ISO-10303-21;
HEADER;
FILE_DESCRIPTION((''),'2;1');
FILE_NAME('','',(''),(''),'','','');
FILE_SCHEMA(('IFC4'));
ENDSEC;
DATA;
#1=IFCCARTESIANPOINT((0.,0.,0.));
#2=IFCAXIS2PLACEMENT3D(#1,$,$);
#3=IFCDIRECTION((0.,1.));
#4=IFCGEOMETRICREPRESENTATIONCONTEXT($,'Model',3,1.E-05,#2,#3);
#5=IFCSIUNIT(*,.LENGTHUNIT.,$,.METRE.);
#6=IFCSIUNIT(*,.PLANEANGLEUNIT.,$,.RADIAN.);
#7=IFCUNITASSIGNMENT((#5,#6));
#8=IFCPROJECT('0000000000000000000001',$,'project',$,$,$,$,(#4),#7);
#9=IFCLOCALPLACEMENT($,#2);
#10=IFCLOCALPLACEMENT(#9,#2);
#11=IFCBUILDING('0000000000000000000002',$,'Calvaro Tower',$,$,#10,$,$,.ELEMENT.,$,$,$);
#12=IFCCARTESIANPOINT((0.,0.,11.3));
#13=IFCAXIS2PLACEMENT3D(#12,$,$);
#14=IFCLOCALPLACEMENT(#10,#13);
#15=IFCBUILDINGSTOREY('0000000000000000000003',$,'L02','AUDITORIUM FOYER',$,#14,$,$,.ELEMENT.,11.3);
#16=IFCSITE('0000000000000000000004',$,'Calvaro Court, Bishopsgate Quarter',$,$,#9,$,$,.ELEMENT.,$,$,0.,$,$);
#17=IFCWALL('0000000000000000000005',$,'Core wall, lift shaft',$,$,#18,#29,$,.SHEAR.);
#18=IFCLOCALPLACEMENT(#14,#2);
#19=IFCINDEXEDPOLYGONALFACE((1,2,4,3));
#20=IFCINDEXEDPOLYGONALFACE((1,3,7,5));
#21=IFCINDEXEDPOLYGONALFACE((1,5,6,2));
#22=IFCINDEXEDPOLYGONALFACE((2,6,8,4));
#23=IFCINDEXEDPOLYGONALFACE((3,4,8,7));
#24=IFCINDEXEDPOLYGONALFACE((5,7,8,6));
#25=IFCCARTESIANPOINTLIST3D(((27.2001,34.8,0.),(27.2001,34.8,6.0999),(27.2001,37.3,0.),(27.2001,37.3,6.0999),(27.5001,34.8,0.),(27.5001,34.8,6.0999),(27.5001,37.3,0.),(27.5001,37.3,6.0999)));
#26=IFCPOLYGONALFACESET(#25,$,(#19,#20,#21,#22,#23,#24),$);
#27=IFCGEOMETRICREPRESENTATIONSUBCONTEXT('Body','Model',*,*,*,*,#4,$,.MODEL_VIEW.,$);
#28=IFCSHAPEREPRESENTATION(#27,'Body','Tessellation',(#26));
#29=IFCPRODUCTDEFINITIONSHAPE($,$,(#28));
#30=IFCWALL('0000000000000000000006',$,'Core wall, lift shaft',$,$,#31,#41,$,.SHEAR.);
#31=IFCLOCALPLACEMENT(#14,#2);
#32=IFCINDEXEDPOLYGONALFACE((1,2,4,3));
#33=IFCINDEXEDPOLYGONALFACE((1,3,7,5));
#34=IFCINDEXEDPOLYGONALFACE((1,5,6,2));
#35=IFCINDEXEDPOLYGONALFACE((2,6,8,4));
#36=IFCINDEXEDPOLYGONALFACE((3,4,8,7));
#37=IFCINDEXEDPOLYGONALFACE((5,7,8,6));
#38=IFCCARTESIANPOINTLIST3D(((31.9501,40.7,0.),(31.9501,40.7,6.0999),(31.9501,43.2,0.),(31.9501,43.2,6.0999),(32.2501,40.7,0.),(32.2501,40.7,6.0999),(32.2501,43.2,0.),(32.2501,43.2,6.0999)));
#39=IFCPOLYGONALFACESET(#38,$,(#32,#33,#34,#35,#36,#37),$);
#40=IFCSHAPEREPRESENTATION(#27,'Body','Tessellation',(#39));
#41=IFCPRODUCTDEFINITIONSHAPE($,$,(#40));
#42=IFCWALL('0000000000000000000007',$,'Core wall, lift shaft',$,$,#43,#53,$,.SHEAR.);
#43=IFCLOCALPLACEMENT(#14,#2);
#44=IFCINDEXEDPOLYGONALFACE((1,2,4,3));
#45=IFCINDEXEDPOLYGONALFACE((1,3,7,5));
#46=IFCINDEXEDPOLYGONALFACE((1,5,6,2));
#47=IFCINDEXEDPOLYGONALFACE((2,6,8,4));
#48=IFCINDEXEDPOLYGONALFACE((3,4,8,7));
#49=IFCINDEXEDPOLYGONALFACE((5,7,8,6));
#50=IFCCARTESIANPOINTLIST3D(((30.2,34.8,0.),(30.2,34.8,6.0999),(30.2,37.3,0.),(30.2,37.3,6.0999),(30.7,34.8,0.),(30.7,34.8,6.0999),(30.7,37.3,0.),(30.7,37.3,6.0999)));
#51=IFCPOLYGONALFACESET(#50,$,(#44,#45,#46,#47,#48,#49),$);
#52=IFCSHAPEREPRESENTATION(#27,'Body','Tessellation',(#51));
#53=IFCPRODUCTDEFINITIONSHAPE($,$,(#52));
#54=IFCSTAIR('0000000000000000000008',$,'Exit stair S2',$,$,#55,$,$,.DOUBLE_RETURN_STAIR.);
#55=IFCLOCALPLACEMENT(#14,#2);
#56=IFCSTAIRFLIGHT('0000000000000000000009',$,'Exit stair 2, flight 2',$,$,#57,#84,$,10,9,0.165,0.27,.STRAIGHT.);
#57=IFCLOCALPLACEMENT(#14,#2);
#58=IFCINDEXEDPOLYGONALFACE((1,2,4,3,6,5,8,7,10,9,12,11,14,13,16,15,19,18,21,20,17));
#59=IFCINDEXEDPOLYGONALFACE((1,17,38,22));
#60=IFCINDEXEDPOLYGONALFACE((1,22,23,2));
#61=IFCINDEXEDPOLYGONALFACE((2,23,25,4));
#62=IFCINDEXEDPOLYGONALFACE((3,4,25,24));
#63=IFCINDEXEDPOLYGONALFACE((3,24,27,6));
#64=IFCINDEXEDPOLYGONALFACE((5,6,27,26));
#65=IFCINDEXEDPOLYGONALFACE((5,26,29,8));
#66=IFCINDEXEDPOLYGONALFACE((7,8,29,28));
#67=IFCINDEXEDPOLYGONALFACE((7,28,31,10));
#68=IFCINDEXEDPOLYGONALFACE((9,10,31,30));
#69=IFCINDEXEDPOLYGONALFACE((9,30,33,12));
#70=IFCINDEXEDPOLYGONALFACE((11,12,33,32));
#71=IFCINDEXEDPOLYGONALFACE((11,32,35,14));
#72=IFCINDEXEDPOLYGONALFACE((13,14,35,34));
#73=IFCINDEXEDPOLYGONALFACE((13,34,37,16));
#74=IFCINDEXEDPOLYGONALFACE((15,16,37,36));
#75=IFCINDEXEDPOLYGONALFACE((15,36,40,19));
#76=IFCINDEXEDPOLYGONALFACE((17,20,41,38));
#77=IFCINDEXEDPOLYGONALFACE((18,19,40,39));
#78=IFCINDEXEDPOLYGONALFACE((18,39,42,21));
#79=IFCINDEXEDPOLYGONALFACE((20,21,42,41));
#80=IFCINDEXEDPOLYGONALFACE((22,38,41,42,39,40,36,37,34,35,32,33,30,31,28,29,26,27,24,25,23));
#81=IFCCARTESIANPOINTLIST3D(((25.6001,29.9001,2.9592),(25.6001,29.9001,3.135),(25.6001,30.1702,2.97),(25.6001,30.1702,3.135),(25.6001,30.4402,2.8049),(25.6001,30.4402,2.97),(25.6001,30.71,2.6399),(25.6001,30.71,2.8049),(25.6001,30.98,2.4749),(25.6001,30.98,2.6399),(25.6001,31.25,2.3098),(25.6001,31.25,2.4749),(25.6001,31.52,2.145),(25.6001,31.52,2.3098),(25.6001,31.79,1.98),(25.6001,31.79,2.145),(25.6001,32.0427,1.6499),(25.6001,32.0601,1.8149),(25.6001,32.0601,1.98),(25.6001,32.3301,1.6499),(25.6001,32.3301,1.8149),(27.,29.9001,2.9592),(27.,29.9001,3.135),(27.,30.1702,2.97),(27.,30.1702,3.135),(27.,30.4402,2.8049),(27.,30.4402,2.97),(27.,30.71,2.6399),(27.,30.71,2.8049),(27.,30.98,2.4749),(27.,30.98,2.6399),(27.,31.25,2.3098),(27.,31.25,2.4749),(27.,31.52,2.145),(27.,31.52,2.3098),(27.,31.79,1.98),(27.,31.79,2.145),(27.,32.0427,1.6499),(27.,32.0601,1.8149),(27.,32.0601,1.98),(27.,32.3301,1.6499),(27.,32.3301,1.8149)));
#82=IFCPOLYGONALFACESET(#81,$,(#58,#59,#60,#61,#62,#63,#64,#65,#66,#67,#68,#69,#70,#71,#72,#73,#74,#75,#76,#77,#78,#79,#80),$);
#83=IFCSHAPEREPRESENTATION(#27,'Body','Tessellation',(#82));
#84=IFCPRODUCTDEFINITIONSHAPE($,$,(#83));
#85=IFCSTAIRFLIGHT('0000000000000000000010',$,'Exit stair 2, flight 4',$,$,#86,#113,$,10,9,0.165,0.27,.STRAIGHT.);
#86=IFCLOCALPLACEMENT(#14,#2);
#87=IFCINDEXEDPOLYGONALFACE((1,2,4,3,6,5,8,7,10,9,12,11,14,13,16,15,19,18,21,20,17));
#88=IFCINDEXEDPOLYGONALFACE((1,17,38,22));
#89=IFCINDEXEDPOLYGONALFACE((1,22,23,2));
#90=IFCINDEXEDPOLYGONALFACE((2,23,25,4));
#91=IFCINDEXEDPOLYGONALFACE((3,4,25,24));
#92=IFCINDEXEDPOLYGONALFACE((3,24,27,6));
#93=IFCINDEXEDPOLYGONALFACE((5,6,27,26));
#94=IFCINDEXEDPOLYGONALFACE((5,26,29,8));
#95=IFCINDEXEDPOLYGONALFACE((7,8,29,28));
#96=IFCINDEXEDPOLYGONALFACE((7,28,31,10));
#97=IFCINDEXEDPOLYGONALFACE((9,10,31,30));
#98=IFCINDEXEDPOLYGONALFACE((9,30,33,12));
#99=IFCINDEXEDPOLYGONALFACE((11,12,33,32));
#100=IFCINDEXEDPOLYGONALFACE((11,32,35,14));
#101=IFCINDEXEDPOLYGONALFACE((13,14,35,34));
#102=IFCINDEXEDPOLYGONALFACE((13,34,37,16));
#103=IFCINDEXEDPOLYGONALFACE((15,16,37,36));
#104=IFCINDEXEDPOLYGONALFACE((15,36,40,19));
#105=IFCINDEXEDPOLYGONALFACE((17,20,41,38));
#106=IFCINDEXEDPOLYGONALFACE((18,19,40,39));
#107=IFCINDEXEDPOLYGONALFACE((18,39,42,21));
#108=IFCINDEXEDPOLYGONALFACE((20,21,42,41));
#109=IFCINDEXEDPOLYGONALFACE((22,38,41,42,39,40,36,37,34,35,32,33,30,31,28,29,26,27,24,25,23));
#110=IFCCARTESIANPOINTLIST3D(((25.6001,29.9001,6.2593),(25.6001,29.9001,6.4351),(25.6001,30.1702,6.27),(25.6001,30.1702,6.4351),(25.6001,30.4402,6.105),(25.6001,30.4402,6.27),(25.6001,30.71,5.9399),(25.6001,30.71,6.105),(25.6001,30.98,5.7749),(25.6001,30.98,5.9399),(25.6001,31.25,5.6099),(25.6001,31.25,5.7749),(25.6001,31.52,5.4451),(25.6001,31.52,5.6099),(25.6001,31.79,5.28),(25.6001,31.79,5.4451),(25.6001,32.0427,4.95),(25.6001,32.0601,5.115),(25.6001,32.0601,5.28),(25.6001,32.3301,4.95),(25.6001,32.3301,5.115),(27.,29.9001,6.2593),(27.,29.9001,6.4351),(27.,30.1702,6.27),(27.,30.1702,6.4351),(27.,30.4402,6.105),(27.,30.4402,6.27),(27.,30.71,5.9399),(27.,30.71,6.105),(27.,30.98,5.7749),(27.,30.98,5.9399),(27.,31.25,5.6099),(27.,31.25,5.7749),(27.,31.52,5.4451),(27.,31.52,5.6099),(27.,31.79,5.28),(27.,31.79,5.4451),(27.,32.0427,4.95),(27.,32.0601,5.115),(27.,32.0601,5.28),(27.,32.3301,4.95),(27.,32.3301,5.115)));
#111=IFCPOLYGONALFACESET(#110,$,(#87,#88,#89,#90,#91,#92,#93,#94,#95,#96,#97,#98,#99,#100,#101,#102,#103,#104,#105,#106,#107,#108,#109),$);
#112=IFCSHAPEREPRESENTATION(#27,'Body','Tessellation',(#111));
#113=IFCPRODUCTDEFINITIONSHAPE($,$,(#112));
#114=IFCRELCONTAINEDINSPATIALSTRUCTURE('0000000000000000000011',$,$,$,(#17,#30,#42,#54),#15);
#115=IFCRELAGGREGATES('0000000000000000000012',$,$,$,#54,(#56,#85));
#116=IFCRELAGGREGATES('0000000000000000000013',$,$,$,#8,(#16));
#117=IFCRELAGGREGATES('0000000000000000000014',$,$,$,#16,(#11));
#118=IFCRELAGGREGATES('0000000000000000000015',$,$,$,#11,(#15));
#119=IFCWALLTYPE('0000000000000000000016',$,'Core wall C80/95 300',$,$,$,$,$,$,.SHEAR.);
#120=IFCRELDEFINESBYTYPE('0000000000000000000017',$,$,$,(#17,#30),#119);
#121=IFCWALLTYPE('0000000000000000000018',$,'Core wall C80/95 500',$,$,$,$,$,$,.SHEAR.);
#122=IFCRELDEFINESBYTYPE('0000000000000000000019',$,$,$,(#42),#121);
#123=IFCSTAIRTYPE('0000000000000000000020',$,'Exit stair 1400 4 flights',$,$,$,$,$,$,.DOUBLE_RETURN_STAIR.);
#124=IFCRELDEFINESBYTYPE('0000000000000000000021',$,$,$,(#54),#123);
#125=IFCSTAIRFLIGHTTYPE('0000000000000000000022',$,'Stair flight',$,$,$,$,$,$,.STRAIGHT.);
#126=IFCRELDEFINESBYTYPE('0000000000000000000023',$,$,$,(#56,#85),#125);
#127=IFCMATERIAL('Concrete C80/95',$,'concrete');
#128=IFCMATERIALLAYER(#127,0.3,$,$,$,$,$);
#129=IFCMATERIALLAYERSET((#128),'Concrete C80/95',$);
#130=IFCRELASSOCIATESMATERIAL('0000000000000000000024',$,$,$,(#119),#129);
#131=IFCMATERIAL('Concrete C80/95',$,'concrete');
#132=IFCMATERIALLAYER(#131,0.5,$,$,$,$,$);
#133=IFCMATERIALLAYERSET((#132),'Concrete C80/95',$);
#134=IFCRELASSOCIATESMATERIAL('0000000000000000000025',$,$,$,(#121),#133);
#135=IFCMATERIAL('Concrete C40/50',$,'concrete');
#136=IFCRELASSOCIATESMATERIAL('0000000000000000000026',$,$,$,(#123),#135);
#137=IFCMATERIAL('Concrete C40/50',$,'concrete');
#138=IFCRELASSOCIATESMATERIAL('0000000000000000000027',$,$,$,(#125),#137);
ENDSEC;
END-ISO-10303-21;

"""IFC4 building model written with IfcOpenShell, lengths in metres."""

from ifc_helpers import new_model, si_unit, direction, frame, frame_2d, origin, place, context, subcontext, project, spatial, polyline, rectangle, outline, extrude, material, layer, layer_set, type_object, element, aggregate, save


model = new_model("IFC4")

# Units and contexts
model_context = context("Model", 3, precision=1e-05, world=origin(), true_north=direction((0.0, 1.0)))
body_context = subcontext(model_context, "Body", "Model", "MODEL_VIEW")
ifc_project = project(units=[si_unit("LENGTHUNIT", "METRE"), si_unit("PLANEANGLEUNIT", "RADIAN")], contexts=[model_context])

# Site, building, storey
site_placement = place(None, origin())
site = spatial("IfcSite", under=ifc_project, at=site_placement, Name="Calvaro Court, Bishopsgate Quarter", CompositionType="ELEMENT", RefElevation=0.0)
building_placement = place(site_placement, origin())
building = spatial("IfcBuilding", under=site, at=building_placement, Name="Calvaro Tower", CompositionType="ELEMENT")
storey_placement = place(building_placement, frame((0.0, 0.0, 11.3)))
storey = spatial("IfcBuildingStorey", under=building, at=storey_placement, Name="L02", Description="AUDITORIUM FOYER", CompositionType="ELEMENT", Elevation=11.3)

# Walls
ifc_material_1 = material(Name="Concrete C80/95", Category="concrete")
ifc_layer_1 = layer(ifc_material_1, 0.3)
ifc_layer_set_1 = layer_set([ifc_layer_1], Name="Concrete C80/95")
wall_type_1 = type_object("IfcWallType", Name="Core wall C80/95 300", PredefinedType="SHEAR", material=ifc_layer_set_1)
for number, where, z_axis, x_axis, name in (
    (1, (27.3501, 34.8, 0.0), (0.0, 0.0, 1.0), (0.0, 1.0, 0.0), "Core wall, lift shaft"),
    (2, (32.1001, 40.7, 0.0), (0.0, 0.0, 1.0), (0.0, 1.0, 0.0), "Core wall, lift shaft"),
):
    element("IfcWall", number, at=place(storey_placement, frame(where, z_axis=z_axis, x_axis=x_axis)), inside=storey, type_object=wall_type_1, Name=name, PredefinedType="SHEAR", context=body_context, shape_type="SweptSolid", body=[
        extrude(rectangle(XDim=2.5, YDim=0.3, at=frame_2d((1.25, 0.0))), origin(), (0.0, 0.0, 1.0), 6.0999),
    ])
ifc_material_2 = material(Name="Concrete C80/95", Category="concrete")
ifc_layer_2 = layer(ifc_material_2, 0.5)
ifc_layer_set_2 = layer_set([ifc_layer_2], Name="Concrete C80/95")
wall_type_2 = type_object("IfcWallType", Name="Core wall C80/95 500", PredefinedType="SHEAR", material=ifc_layer_set_2)
wall_placement = place(storey_placement, frame((30.45, 34.8, 0.0), z_axis=(0.0, 0.0, 1.0), x_axis=(0.0, 1.0, 0.0)))
element("IfcWall", 3, at=wall_placement, inside=storey, type_object=wall_type_2, Name="Core wall, lift shaft", PredefinedType="SHEAR", context=body_context, shape_type="SweptSolid", body=[
    extrude(rectangle(XDim=2.5, YDim=0.5, at=frame_2d((1.25, 0.0))), origin(), (0.0, 0.0, 1.0), 6.0999),
])

# Stair, stair flights
ifc_material_3 = material(Name="Concrete C40/50", Category="concrete")
stair_type = type_object("IfcStairType", Name="Exit stair 1400 4 flights", PredefinedType="DOUBLE_RETURN_STAIR", material=ifc_material_3)
stair_placement = place(storey_placement, origin())
stair = element("IfcStair", 4, at=stair_placement, inside=storey, type_object=stair_type, Name="Exit stair S2", PredefinedType="DOUBLE_RETURN_STAIR")
ifc_material_4 = material(Name="Concrete C40/50", Category="concrete")
stair_flight_type = type_object("IfcStairFlightType", Name="Stair flight", PredefinedType="STRAIGHT", material=ifc_material_4)
stair_flight_1_placement = place(storey_placement, frame((26.3, 32.3301, 1.6499), z_axis=(0.0, 0.0, 1.0), x_axis=(0.0, -1.0, 0.0)))
stair_flight_1 = element("IfcStairFlight", 5, at=stair_flight_1_placement, type_object=stair_flight_type, Name="Exit stair 2, flight 2", NumberOfRisers=10, NumberOfTreads=9, PredefinedType="STRAIGHT", RiserHeight=0.165, TreadLength=0.27, context=body_context, shape_type="SweptSolid", body=[
    extrude(outline(polyline([(0.0, 0.0), (0.0, 0.165), (0.27, 0.165), (0.27, 0.3301), (0.54, 0.3301), (0.54, 0.4951), (0.8101, 0.4951), (0.8101, 0.6599), (1.0801, 0.6599), (1.0801, 0.825), (1.3501, 0.825), (1.3501, 0.99), (1.6201, 0.99), (1.6201, 1.155), (1.8899, 1.155), (1.8899, 1.3201), (2.1599, 1.3201), (2.1599, 1.4851), (2.4299, 1.4851), (2.4299, 1.6499), (2.4299, 1.3093), (0.2874, 0.0), (0.0, 0.0)])), frame((0.0, 0.7, 0.0), z_axis=(0.0, -1.0, 0.0), x_axis=(1.0, 0.0, 0.0)), (0.0, 0.0, 1.0), 1.3999),
])
stair_flight_2_placement = place(storey_placement, frame((26.3, 32.3301, 4.95), z_axis=(0.0, 0.0, 1.0), x_axis=(0.0, -1.0, 0.0)))
stair_flight_2 = element("IfcStairFlight", 6, at=stair_flight_2_placement, type_object=stair_flight_type, Name="Exit stair 2, flight 4", NumberOfRisers=10, NumberOfTreads=9, PredefinedType="STRAIGHT", RiserHeight=0.165, TreadLength=0.27, context=body_context, shape_type="SweptSolid", body=[
    extrude(outline(polyline([(0.0, 0.0), (0.0, 0.165), (0.27, 0.165), (0.27, 0.3301), (0.54, 0.3301), (0.54, 0.4951), (0.8101, 0.4951), (0.8101, 0.6599), (1.0801, 0.6599), (1.0801, 0.825), (1.3501, 0.825), (1.3501, 0.99), (1.6201, 0.99), (1.6201, 1.155), (1.8899, 1.155), (1.8899, 1.3201), (2.1599, 1.3201), (2.1599, 1.4851), (2.4299, 1.4851), (2.4299, 1.6499), (2.4299, 1.3093), (0.2874, 0.0), (0.0, 0.0)])), frame((0.0, 0.7, 0.0), z_axis=(0.0, -1.0, 0.0), x_axis=(1.0, 0.0, 0.0)), (0.0, 0.0, 1.0), 1.3999),
])
aggregate(stair, [stair_flight_1, stair_flight_2])

save(model, "model.ifc")
